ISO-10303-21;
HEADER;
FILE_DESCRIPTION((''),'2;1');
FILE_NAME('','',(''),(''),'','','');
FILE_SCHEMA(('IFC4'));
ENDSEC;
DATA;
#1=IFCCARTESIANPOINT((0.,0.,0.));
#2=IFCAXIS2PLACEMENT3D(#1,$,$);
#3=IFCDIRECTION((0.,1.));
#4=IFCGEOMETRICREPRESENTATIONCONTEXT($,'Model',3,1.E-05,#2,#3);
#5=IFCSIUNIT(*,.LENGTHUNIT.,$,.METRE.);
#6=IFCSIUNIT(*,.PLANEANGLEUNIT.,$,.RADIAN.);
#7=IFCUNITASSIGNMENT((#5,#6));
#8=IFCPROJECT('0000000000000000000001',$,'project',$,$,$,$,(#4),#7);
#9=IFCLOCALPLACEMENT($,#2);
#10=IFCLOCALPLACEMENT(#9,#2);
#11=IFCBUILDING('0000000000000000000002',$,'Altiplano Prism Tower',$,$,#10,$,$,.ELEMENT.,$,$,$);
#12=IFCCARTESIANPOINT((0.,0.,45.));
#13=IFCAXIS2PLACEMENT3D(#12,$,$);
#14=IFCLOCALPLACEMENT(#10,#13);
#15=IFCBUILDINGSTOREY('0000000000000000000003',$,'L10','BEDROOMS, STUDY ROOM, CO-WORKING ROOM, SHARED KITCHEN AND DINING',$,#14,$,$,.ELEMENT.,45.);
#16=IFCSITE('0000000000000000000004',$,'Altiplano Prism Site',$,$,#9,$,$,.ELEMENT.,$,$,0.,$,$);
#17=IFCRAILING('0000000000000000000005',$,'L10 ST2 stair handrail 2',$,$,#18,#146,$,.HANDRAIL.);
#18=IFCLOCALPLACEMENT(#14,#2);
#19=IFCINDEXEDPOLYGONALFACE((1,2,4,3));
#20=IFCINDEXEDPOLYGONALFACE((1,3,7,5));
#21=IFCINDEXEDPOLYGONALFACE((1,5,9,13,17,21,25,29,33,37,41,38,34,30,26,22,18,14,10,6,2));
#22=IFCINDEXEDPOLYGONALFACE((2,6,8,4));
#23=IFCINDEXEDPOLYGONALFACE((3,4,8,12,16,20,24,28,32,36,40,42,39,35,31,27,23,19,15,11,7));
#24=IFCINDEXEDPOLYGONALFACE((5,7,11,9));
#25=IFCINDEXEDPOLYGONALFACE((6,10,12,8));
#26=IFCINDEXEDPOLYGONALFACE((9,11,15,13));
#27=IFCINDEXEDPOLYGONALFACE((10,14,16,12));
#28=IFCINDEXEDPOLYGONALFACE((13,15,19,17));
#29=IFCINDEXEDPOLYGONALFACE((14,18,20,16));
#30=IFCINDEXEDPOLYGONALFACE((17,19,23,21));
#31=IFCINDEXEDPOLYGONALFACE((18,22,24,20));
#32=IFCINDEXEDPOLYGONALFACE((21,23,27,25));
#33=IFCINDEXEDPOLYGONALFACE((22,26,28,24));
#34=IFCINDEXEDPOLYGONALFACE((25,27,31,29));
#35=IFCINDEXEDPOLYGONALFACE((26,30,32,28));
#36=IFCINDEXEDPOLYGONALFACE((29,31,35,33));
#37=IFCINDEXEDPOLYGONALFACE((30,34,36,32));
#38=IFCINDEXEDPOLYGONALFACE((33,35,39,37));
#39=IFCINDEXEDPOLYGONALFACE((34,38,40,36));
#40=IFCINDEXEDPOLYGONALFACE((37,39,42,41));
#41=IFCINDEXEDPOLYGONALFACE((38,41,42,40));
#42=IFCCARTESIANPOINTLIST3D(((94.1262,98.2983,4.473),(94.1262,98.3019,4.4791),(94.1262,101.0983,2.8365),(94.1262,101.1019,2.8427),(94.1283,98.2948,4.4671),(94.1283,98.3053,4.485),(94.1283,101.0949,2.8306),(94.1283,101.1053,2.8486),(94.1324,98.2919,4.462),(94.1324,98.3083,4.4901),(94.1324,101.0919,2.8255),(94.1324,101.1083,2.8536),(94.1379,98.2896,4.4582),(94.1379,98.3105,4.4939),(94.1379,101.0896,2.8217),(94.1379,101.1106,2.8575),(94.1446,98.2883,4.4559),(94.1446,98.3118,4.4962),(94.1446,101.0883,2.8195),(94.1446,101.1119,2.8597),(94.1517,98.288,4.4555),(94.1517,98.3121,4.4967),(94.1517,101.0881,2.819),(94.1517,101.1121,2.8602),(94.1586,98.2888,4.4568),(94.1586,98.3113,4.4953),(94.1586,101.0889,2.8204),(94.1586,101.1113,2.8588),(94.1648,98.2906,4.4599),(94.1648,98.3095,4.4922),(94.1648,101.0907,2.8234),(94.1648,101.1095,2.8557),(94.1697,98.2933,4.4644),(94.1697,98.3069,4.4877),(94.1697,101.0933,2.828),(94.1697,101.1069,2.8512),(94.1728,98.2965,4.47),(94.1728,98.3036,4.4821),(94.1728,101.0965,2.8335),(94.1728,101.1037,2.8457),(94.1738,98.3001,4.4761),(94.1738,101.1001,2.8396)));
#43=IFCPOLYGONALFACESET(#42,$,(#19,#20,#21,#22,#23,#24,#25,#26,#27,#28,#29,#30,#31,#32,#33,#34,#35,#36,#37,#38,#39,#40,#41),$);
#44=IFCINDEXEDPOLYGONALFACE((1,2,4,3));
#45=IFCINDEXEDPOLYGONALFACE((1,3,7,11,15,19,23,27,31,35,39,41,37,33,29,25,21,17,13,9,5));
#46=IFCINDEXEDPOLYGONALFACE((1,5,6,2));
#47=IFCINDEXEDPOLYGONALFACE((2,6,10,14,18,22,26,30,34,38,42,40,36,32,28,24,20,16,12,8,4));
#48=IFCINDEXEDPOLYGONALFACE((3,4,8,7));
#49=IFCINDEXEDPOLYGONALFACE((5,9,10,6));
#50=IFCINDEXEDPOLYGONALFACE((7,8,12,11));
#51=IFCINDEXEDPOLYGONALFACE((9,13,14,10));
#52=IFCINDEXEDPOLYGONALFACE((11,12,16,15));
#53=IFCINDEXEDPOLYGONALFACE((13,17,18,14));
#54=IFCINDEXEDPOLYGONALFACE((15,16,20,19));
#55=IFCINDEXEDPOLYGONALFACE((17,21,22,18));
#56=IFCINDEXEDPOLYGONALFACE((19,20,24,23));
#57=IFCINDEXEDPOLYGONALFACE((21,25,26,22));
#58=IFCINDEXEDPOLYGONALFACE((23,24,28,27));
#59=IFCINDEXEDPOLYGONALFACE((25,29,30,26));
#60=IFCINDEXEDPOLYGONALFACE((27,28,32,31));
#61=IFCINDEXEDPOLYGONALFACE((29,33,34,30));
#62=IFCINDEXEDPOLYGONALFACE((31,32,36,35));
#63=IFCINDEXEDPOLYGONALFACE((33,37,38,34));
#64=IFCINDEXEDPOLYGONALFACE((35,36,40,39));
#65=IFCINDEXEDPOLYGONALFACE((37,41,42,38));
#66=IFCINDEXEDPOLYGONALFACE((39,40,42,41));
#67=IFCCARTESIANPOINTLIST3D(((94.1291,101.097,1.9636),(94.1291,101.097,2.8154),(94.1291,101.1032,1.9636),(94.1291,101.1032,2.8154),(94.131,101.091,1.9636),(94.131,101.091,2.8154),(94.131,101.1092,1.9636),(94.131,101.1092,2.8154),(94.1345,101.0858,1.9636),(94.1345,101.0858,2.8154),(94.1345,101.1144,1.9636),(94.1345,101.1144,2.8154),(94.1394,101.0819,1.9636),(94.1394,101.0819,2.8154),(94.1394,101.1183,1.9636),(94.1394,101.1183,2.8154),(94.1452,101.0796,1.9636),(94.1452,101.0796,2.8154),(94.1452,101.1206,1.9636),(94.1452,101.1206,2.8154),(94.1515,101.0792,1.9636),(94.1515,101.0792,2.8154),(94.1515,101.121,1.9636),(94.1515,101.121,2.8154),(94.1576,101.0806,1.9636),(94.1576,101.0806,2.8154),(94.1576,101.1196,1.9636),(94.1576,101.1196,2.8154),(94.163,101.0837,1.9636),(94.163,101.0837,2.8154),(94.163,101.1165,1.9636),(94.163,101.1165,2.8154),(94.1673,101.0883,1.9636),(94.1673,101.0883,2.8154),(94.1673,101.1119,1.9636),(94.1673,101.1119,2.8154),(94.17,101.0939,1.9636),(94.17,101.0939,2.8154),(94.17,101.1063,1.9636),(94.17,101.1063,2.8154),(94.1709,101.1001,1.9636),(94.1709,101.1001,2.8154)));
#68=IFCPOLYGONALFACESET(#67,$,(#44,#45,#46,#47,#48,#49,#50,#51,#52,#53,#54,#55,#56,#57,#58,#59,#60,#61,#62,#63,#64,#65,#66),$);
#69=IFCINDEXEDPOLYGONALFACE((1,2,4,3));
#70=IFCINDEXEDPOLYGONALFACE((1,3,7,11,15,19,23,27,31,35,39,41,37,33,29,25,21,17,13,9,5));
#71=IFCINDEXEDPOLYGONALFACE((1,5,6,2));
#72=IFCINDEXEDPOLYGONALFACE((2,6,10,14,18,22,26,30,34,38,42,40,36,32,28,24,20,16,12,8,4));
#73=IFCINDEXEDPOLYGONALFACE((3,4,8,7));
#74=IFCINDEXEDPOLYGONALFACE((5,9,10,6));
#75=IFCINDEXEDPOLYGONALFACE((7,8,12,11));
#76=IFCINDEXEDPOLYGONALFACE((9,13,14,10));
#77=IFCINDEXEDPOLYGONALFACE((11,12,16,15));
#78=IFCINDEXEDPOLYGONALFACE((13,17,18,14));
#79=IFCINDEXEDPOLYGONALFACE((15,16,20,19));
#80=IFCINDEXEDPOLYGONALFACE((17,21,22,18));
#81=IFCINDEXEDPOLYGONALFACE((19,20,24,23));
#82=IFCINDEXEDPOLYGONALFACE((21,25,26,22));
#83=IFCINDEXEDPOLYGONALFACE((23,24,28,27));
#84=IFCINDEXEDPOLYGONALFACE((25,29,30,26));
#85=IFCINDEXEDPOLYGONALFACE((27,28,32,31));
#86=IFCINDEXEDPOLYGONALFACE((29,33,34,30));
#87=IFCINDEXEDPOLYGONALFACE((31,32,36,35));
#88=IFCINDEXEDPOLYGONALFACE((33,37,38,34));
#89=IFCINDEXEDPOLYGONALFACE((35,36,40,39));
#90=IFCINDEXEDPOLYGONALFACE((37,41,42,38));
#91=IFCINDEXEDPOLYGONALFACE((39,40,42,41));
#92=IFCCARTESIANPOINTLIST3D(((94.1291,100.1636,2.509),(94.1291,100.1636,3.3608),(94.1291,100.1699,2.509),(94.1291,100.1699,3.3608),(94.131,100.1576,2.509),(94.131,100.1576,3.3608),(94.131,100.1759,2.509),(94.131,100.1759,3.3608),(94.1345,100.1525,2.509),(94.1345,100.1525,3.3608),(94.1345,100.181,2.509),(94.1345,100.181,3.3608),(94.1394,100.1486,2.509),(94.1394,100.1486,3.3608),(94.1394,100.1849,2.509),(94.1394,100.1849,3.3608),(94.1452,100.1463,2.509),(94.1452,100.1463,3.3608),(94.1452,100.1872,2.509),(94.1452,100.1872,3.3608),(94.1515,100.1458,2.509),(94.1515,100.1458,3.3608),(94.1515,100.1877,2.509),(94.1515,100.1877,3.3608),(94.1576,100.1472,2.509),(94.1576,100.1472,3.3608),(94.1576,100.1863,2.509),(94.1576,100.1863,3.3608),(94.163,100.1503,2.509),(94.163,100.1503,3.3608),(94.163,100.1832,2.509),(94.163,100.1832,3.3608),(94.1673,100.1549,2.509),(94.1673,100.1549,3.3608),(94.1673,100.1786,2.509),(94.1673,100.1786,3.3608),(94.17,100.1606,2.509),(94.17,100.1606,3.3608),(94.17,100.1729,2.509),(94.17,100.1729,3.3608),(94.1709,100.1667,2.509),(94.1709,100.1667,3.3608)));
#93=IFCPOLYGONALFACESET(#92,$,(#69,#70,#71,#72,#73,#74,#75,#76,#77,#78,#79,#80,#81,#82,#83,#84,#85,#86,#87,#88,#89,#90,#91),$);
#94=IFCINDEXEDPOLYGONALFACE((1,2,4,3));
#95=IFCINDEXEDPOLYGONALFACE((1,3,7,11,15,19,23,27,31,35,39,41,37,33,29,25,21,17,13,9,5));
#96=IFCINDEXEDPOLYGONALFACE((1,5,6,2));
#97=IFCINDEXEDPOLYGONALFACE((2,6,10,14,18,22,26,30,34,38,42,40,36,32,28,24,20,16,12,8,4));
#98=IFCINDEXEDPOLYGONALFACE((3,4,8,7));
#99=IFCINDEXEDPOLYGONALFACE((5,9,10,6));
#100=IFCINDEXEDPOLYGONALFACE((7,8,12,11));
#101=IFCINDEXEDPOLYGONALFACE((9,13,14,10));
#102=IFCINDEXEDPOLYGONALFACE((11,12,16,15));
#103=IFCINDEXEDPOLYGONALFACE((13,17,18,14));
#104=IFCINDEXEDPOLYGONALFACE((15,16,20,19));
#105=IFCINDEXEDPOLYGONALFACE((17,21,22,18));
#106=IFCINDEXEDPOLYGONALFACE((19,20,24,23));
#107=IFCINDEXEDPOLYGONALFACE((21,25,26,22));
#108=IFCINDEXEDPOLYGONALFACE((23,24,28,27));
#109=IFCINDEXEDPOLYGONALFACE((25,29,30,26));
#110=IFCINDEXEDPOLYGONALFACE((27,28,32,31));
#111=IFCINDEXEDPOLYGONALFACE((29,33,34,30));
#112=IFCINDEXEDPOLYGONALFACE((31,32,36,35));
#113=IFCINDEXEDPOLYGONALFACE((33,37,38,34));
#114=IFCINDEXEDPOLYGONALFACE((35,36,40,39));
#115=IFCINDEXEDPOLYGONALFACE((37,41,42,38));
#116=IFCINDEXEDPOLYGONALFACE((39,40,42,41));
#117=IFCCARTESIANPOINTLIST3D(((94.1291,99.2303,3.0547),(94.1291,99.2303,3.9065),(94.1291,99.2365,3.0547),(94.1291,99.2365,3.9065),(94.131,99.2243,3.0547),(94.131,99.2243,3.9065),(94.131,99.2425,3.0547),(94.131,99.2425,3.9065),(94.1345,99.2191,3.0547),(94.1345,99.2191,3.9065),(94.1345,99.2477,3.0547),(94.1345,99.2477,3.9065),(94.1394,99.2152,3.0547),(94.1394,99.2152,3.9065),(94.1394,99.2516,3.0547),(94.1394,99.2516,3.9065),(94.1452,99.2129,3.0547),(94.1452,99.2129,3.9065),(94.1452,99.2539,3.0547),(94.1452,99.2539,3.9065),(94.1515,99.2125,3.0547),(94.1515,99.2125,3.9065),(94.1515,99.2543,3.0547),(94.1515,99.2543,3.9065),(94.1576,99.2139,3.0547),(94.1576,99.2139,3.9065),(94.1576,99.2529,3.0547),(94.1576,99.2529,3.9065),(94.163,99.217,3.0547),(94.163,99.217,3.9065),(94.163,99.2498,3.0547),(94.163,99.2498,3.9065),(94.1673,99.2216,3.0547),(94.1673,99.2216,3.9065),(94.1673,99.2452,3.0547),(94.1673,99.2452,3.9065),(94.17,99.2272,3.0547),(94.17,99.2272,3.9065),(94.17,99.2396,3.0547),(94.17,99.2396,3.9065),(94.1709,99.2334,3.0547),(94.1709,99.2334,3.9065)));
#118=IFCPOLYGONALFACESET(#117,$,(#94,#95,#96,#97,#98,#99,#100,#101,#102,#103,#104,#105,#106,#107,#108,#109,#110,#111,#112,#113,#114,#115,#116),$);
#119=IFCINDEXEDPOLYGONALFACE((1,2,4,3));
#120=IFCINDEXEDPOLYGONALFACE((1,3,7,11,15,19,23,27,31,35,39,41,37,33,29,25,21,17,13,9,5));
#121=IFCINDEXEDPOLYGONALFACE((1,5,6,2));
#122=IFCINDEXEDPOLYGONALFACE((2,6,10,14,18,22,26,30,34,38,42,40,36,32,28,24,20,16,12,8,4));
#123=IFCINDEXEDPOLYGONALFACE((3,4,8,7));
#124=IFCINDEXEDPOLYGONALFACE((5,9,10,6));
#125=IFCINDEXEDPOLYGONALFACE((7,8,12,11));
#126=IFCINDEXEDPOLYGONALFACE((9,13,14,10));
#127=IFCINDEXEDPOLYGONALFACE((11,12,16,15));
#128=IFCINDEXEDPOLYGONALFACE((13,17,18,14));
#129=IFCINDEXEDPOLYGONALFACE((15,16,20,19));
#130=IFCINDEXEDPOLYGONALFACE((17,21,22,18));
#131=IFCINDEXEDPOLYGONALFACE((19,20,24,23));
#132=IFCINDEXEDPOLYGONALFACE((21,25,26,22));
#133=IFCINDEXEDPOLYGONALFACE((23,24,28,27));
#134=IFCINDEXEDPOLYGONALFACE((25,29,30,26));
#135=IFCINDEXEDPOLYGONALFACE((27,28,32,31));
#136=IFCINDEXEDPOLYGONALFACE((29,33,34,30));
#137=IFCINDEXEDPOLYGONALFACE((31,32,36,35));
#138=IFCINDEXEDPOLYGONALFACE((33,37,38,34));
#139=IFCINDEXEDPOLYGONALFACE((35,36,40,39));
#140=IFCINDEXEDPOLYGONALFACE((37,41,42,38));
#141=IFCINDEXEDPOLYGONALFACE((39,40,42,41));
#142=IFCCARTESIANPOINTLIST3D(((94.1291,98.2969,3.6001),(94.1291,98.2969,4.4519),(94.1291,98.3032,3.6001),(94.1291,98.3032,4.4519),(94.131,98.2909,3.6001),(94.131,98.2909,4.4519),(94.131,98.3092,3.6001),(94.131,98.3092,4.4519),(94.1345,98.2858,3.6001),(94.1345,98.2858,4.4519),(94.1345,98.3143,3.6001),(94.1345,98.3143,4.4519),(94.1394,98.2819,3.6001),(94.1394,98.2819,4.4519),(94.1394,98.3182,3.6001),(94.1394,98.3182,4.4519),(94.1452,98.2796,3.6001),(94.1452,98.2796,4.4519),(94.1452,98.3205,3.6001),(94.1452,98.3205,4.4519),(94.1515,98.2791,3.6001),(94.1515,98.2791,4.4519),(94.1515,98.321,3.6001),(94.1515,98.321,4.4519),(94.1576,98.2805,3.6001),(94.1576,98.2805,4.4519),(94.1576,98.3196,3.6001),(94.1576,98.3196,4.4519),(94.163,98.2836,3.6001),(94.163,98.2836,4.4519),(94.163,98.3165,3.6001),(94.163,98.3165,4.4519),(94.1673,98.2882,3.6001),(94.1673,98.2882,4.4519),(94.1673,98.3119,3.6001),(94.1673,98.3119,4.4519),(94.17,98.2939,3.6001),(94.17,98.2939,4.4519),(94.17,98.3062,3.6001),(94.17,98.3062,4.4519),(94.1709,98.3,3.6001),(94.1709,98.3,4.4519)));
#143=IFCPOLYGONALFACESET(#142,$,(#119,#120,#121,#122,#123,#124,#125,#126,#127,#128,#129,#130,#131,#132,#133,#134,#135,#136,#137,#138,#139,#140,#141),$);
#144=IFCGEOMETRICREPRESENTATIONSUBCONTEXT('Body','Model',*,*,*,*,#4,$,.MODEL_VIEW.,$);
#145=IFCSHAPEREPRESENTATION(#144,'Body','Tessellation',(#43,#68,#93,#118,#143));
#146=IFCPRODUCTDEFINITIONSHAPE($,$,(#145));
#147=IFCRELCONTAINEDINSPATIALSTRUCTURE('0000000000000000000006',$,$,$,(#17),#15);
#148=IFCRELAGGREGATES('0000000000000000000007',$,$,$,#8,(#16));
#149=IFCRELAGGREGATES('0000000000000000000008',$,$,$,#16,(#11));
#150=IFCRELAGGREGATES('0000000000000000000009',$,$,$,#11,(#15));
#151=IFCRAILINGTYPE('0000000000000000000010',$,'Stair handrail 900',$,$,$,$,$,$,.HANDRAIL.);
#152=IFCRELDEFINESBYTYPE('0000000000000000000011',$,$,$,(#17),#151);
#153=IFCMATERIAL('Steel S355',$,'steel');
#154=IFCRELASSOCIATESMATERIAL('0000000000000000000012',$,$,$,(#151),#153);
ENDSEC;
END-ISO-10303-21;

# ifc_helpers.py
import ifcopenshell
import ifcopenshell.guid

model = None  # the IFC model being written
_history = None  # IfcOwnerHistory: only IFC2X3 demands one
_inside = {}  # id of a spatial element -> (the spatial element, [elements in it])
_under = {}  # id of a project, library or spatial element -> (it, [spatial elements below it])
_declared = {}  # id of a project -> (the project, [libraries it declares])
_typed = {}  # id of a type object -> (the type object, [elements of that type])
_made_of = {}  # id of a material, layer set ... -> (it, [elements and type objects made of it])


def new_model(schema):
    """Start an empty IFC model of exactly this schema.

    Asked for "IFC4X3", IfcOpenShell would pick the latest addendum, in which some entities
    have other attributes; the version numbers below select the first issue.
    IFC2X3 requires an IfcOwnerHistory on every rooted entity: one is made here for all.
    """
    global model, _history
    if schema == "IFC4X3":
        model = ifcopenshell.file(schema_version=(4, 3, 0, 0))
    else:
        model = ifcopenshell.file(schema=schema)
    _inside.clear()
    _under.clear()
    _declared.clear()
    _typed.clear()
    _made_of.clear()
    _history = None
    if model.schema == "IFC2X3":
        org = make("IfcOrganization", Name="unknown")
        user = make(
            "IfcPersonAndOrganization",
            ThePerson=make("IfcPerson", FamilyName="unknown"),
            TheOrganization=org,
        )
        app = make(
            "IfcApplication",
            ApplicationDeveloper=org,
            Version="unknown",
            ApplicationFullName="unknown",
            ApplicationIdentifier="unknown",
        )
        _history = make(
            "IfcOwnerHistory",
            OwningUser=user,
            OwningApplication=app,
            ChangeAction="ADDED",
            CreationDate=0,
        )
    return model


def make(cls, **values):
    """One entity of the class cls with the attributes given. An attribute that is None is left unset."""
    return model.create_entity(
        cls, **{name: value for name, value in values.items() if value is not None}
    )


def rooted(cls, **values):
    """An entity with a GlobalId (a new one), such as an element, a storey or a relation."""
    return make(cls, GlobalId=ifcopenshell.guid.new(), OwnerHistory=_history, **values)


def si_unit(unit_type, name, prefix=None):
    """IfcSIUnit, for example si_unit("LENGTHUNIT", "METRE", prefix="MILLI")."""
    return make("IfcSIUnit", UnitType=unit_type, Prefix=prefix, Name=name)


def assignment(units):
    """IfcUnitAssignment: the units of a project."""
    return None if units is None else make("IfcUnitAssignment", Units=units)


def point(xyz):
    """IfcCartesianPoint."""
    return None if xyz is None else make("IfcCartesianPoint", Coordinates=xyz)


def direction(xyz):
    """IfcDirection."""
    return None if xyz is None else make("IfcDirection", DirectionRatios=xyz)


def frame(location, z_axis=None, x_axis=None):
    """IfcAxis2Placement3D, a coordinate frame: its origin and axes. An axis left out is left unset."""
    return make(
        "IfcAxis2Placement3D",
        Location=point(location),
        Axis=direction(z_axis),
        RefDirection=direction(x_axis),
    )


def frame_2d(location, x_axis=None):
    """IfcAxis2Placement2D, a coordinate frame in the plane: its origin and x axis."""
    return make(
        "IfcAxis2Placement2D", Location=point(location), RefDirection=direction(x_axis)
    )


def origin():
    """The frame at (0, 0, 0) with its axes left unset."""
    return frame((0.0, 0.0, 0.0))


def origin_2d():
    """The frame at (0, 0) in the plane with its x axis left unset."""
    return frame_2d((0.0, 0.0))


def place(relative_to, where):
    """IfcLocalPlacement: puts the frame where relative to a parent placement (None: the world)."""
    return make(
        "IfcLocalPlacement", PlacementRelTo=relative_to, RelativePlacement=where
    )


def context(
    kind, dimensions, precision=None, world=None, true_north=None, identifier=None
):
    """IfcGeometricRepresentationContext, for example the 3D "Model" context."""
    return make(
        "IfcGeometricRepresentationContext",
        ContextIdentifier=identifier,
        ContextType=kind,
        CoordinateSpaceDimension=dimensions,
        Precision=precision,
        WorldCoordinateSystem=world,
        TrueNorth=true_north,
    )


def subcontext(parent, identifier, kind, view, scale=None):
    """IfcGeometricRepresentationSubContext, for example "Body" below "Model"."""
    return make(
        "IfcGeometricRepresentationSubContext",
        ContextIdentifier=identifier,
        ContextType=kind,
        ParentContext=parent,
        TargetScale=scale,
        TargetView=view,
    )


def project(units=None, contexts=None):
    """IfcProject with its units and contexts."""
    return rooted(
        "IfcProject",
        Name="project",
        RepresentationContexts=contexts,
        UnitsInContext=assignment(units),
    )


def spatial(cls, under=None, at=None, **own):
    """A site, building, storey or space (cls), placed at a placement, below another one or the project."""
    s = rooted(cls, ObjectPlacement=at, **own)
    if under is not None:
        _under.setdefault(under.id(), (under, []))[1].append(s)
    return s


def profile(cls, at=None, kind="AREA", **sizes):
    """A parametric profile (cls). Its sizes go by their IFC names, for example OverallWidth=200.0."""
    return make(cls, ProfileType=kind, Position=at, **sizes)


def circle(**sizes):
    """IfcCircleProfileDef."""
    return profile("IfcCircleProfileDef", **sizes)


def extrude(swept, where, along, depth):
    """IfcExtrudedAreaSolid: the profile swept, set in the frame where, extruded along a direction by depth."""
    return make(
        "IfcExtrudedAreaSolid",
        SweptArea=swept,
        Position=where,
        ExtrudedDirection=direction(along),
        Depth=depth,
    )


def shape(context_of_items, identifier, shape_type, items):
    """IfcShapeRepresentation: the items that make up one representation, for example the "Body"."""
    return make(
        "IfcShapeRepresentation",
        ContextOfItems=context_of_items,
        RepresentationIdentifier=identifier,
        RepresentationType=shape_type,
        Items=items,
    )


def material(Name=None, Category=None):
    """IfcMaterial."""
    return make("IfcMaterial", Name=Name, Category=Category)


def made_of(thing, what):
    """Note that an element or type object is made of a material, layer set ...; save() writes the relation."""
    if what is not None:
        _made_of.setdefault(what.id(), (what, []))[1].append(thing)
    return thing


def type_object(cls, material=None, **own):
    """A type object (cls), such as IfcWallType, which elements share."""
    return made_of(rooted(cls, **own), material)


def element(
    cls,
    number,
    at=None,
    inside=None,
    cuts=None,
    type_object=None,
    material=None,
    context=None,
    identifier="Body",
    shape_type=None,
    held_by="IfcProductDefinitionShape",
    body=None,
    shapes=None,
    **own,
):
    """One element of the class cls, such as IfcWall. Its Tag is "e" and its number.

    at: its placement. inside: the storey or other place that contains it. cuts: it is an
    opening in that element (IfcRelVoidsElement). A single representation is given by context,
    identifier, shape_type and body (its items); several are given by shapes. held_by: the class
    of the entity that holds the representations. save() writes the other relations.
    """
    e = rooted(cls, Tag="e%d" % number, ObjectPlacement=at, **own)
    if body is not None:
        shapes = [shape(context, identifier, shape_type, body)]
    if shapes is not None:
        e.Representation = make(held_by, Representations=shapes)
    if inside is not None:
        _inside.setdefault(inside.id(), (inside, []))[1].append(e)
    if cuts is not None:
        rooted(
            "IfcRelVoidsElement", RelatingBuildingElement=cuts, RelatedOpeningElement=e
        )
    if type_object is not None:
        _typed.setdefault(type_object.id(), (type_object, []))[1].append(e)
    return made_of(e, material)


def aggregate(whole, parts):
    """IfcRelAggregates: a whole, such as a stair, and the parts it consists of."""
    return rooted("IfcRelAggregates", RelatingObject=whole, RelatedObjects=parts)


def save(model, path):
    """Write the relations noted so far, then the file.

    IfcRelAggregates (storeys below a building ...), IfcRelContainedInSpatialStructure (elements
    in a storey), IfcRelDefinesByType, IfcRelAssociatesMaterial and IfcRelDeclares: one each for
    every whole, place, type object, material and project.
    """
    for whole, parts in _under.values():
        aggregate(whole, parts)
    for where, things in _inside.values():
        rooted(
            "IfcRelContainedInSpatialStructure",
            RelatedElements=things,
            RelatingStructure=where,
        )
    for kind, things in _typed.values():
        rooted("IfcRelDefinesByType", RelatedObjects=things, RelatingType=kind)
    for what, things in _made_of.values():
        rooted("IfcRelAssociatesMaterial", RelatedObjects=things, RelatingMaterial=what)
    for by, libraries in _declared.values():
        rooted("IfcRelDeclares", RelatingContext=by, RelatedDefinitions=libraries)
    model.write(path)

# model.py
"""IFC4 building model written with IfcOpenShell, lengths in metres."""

from ifc_helpers import new_model, si_unit, direction, frame, origin, origin_2d, place, context, subcontext, project, spatial, circle, extrude, material, type_object, element, save


model = new_model("IFC4")

# Units and contexts
model_context = context("Model", 3, precision=1e-05, world=origin(), true_north=direction((0.0, 1.0)))
body_context = subcontext(model_context, "Body", "Model", "MODEL_VIEW")
ifc_project = project(units=[si_unit("LENGTHUNIT", "METRE"), si_unit("PLANEANGLEUNIT", "RADIAN")], contexts=[model_context])

# Site, building, storey
site_placement = place(None, origin())
site = spatial("IfcSite", under=ifc_project, at=site_placement, Name="Altiplano Prism Site", CompositionType="ELEMENT", RefElevation=0.0)
building_placement = place(site_placement, origin())
building = spatial("IfcBuilding", under=site, at=building_placement, Name="Altiplano Prism Tower", CompositionType="ELEMENT")
storey_placement = place(building_placement, frame((0.0, 0.0, 45.0)))
storey = spatial("IfcBuildingStorey", under=building, at=storey_placement, Name="L10", Description="BEDROOMS, STUDY ROOM, CO-WORKING ROOM, SHARED KITCHEN AND DINING", CompositionType="ELEMENT", Elevation=45.0)

# Railing
ifc_material_1 = material(Name="Steel S355", Category="steel")
railing_type_1 = type_object("IfcRailingType", Name="Stair handrail 900", PredefinedType="HANDRAIL", material=ifc_material_1)
railing_1_placement = place(storey_placement, frame((94.1499, 101.1001, 1.9636)))
element("IfcRailing", 1, at=railing_1_placement, inside=storey, type_object=railing_type_1, Name="L10 ST2 stair handrail 2", PredefinedType="HANDRAIL", context=body_context, shape_type="SweptSolid", body=[
    extrude(circle(Radius=0.0239, at=origin_2d()), frame((0.0, 0.0, 0.876), z_axis=(0.0, -0.863361, 0.504587), x_axis=(1.0, 0.0, 0.0)), (0.0, 0.0, 1.0), 3.2432),
    extrude(circle(Radius=0.021, at=origin_2d()), origin(), (0.0, 0.0, 1.0), 0.8518),
    extrude(circle(Radius=0.021, at=origin_2d()), frame((0.0, -0.9333, 0.5454)), (0.0, 0.0, 1.0), 0.8518),
    extrude(circle(Radius=0.021, at=origin_2d()), frame((0.0, -1.8667, 1.0911)), (0.0, 0.0, 1.0), 0.8518),
    extrude(circle(Radius=0.021, at=origin_2d()), frame((0.0, -2.8, 1.6365)), (0.0, 0.0, 1.0), 0.8518),
])

save(model, "model.ifc")
